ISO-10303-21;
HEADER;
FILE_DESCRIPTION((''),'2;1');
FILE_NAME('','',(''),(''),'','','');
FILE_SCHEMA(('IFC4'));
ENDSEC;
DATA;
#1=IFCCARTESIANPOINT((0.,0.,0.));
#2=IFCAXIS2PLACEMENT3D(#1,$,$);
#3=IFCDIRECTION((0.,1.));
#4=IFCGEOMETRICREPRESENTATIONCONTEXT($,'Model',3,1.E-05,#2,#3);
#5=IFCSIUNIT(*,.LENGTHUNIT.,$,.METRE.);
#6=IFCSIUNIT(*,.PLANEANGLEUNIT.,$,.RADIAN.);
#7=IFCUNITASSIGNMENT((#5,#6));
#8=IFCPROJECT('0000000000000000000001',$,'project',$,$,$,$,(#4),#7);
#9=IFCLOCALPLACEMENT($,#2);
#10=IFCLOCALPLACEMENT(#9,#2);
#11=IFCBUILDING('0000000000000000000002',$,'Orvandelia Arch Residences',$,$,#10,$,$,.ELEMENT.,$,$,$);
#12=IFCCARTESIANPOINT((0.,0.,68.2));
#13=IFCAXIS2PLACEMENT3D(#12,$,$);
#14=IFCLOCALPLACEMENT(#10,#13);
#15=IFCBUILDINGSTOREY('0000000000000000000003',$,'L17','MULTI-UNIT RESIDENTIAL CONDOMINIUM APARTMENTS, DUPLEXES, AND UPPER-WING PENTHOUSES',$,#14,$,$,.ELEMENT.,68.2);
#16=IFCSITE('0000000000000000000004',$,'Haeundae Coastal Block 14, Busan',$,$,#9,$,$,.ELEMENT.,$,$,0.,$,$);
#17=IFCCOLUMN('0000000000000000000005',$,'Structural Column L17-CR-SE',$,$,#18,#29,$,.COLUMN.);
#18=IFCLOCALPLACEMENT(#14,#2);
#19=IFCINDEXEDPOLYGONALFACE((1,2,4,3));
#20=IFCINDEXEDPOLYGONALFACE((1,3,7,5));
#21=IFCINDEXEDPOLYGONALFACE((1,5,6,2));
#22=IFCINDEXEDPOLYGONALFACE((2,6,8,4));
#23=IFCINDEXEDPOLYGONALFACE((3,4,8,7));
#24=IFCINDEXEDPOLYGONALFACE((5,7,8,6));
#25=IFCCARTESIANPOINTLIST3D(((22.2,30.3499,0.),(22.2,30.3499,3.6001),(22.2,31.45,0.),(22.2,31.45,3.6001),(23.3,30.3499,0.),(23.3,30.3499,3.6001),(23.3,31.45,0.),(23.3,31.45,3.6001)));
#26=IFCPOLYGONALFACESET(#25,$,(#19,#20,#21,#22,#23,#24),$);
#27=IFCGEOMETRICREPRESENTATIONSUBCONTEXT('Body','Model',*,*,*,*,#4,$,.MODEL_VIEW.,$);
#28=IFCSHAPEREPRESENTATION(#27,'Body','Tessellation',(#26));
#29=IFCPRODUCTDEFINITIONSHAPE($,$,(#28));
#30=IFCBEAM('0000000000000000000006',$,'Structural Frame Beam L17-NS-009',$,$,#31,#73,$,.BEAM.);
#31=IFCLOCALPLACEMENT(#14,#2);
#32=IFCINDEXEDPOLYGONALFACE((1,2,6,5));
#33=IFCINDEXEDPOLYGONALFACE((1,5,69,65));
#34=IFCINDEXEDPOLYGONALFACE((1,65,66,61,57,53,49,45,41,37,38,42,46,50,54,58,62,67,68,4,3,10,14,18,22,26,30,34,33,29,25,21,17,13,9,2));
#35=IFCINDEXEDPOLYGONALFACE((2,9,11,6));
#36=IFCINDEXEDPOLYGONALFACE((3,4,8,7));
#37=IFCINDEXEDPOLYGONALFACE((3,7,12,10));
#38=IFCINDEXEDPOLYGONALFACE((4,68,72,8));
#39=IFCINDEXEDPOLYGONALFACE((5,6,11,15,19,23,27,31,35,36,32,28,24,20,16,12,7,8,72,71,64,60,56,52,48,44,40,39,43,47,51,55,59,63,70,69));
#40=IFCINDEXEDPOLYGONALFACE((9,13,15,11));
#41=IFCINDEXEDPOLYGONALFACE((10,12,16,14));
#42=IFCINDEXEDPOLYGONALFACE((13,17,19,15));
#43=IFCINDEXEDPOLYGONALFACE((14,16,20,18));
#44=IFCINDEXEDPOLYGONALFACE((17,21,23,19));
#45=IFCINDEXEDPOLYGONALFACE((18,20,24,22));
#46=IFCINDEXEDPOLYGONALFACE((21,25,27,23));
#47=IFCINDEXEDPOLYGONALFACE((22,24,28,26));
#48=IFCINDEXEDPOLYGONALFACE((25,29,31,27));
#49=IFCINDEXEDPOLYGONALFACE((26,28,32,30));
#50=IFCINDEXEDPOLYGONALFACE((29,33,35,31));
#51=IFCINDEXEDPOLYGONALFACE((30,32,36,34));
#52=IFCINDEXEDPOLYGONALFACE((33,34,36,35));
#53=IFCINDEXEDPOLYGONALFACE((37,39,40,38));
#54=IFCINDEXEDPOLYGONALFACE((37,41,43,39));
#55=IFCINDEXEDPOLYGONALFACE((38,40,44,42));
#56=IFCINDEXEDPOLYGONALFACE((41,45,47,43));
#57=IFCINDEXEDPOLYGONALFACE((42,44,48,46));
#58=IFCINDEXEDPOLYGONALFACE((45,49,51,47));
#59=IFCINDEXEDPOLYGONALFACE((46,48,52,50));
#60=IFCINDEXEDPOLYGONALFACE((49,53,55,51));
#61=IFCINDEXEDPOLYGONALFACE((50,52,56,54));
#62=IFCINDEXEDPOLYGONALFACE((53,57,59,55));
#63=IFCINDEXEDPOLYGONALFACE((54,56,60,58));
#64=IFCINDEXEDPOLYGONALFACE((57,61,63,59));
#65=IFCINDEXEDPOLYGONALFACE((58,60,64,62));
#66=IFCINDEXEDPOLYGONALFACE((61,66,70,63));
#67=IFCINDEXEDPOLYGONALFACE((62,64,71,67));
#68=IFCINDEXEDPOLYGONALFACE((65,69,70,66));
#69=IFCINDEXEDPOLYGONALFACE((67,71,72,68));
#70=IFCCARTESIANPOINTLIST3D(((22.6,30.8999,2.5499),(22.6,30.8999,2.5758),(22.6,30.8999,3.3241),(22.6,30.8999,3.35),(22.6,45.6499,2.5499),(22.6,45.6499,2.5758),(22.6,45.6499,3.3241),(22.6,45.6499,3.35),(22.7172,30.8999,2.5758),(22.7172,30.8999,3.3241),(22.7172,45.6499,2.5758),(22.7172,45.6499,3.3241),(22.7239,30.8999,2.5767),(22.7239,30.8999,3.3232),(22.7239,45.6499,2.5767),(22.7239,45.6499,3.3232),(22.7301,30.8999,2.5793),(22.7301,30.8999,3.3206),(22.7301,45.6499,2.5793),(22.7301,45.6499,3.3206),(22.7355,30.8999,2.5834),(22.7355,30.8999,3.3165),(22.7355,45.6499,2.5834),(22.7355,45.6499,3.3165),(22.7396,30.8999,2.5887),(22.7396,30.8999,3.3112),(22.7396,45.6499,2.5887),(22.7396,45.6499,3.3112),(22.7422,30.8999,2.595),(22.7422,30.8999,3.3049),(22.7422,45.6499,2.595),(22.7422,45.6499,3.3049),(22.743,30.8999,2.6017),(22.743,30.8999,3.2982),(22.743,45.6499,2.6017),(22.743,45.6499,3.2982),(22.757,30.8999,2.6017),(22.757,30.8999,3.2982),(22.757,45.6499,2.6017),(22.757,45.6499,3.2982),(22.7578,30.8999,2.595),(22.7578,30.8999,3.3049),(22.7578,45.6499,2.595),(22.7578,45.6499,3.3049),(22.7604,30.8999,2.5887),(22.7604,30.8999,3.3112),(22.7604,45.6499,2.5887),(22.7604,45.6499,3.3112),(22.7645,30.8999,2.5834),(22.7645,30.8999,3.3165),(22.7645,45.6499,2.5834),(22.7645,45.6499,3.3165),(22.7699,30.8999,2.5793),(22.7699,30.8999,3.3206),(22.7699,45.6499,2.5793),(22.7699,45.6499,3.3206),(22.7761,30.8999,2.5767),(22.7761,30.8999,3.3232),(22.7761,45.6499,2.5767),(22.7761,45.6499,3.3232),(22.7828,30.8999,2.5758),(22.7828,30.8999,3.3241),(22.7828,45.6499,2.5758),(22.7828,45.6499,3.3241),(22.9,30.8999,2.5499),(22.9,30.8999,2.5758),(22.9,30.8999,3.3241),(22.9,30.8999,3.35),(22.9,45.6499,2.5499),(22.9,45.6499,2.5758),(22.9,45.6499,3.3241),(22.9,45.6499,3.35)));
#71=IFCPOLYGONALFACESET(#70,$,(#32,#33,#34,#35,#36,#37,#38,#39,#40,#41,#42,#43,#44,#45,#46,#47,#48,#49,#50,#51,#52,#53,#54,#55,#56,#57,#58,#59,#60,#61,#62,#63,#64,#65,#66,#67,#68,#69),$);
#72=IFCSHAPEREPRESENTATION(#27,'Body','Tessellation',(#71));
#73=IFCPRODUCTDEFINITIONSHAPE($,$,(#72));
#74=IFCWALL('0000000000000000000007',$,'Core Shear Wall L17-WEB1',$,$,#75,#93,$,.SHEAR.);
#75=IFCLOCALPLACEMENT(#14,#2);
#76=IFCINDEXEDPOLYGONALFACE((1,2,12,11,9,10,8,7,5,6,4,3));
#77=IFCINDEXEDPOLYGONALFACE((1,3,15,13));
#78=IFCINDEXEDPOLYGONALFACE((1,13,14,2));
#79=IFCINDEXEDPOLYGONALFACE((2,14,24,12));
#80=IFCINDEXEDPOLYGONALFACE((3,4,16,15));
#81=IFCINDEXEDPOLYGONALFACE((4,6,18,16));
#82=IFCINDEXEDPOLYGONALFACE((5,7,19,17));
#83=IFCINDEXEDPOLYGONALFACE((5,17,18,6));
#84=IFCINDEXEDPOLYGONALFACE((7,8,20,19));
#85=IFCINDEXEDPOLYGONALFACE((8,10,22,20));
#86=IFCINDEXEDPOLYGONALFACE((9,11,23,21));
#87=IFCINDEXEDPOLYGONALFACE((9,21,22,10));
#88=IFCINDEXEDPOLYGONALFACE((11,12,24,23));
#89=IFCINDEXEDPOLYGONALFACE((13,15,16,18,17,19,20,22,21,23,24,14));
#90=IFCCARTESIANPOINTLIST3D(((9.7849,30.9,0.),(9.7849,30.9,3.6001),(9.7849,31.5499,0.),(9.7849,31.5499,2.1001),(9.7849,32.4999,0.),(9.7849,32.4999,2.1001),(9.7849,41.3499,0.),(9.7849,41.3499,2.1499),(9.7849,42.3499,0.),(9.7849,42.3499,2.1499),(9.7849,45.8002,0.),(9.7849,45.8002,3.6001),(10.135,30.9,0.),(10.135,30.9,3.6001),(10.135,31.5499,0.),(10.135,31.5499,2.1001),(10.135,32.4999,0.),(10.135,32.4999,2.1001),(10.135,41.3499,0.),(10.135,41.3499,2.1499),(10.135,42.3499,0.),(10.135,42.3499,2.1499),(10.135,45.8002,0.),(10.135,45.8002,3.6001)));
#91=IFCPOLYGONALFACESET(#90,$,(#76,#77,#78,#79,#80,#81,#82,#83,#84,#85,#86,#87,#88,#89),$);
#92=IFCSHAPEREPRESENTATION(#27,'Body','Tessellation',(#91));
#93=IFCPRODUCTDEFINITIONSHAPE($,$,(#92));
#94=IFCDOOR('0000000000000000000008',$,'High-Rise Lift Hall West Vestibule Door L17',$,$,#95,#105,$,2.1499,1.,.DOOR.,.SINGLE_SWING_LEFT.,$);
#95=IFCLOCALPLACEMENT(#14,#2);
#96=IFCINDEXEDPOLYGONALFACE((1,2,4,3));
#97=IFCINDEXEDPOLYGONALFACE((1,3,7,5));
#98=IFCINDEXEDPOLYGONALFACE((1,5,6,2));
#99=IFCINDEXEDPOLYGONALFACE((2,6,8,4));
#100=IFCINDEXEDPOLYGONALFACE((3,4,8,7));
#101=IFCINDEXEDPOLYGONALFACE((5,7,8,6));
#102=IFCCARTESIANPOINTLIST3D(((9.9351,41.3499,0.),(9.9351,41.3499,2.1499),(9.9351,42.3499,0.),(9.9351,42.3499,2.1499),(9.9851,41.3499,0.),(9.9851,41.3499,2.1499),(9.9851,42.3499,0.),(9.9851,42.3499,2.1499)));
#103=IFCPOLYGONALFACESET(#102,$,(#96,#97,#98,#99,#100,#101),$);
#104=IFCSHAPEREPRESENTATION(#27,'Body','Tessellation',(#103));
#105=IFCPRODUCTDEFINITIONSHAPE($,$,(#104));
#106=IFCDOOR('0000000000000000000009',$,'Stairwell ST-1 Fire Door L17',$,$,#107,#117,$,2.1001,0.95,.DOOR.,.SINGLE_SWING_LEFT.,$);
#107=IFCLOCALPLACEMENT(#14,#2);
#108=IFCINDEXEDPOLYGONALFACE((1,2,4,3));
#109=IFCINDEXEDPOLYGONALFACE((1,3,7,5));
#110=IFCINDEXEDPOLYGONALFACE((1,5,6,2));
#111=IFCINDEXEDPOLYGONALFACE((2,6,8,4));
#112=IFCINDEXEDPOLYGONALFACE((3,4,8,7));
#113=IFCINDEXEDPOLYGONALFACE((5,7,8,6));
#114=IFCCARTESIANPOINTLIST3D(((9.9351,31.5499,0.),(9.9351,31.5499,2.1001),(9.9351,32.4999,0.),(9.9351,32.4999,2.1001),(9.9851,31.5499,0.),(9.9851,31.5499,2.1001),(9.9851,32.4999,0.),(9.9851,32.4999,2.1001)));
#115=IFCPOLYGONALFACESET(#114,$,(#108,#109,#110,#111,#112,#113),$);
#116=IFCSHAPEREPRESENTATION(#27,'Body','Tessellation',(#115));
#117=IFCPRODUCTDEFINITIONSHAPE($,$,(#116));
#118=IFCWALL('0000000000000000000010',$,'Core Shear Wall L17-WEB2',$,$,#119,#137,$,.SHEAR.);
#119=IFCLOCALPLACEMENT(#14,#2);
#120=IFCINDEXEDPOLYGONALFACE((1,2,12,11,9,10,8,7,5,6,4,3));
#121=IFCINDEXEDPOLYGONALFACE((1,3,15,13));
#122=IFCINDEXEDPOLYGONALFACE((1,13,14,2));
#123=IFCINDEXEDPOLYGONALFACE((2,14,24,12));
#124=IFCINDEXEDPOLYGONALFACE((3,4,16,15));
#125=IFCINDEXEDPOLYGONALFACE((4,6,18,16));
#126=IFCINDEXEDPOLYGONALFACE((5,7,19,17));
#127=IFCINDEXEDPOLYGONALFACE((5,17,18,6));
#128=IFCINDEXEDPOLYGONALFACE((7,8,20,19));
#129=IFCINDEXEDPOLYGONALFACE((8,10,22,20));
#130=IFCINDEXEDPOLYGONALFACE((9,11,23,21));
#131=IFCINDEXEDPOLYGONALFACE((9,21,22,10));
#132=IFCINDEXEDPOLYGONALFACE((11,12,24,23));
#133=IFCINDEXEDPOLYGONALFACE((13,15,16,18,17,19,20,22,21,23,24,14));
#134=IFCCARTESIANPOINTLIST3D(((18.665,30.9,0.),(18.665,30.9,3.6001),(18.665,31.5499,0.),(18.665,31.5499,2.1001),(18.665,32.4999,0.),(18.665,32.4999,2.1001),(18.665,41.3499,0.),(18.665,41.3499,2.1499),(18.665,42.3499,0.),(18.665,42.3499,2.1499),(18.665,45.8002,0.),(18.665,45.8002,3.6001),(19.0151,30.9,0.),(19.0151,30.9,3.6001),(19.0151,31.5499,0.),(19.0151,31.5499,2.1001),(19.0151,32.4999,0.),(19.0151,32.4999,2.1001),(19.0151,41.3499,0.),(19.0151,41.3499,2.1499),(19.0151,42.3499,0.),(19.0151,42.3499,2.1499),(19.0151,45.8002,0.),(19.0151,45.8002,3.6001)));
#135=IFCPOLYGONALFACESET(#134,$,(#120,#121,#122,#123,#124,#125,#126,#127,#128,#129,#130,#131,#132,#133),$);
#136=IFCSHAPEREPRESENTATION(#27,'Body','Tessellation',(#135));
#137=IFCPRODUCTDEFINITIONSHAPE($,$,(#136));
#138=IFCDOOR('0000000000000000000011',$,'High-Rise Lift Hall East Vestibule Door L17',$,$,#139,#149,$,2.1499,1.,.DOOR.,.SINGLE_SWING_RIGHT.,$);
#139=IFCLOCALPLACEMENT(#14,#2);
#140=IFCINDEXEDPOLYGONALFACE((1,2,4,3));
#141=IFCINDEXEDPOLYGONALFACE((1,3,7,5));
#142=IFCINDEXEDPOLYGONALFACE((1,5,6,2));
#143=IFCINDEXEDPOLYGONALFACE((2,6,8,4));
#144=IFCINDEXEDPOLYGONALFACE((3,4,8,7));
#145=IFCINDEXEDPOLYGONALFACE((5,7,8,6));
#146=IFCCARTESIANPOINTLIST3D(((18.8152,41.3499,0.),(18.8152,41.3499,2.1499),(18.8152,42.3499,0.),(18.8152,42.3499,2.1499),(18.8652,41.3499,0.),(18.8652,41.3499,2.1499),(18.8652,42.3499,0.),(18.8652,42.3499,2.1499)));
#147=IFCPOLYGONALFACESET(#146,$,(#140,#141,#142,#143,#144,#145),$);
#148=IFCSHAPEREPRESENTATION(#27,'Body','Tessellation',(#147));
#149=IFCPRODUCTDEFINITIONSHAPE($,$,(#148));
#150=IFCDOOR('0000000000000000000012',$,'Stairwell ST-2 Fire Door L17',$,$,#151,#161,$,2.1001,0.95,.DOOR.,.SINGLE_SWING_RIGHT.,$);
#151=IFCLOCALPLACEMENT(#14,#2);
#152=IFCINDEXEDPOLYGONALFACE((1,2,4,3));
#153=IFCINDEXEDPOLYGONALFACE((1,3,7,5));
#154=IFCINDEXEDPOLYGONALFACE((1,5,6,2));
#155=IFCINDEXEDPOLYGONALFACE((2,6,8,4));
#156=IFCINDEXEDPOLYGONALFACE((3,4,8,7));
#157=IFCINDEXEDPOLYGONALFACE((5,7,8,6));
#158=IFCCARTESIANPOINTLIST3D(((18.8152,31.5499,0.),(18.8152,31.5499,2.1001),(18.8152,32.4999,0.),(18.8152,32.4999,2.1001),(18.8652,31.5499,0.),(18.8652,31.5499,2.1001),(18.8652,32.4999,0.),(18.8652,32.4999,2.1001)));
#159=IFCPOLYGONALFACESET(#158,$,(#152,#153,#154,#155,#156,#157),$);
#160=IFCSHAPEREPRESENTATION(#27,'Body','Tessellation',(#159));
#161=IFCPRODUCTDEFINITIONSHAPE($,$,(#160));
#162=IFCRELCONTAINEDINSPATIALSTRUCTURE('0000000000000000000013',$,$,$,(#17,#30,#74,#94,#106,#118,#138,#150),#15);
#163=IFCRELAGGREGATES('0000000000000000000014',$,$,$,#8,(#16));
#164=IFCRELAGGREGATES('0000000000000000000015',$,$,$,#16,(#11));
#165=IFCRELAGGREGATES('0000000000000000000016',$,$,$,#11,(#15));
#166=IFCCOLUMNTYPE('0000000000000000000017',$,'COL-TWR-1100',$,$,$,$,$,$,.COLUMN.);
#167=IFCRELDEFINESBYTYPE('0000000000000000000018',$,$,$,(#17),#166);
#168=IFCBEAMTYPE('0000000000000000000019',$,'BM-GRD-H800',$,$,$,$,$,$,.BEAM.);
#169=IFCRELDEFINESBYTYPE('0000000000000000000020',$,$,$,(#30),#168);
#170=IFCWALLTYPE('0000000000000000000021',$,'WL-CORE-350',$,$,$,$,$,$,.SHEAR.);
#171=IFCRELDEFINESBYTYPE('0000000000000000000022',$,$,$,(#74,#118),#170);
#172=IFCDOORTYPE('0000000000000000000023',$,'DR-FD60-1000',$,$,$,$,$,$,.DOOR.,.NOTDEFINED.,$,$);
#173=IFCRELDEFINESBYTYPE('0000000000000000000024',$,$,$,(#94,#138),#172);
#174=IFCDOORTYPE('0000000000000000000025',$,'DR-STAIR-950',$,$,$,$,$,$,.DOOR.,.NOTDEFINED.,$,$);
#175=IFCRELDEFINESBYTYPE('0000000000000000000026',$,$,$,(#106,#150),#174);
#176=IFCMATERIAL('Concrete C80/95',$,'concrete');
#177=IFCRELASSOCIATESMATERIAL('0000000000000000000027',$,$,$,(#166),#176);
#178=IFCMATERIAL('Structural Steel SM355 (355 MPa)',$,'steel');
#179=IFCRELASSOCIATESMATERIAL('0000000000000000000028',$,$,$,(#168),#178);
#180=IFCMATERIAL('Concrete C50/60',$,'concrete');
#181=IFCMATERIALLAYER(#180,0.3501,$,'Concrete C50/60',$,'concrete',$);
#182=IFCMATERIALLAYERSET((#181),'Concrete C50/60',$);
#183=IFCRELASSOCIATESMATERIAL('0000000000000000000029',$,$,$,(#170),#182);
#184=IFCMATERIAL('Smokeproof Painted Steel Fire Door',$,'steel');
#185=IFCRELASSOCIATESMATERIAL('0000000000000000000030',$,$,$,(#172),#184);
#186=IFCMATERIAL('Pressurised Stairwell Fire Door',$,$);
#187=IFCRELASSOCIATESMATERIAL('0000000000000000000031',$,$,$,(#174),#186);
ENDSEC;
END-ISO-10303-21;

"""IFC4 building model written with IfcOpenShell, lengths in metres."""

from ifc_helpers import new_model, si_unit, direction, frame, frame_2d, origin, origin_2d, place, context, subcontext, project, spatial, rectangle, i_section, extrude, material, layer, layer_set, material_profile, profile_set, type_object, element, fill, save


model = new_model("IFC4")

# Units and contexts
model_context = context("Model", 3, precision=1e-05, world=origin(), true_north=direction((0.0, 1.0)))
body_context = subcontext(model_context, "Body", "Model", "MODEL_VIEW")
ifc_project = project(units=[si_unit("LENGTHUNIT", "METRE"), si_unit("PLANEANGLEUNIT", "RADIAN")], contexts=[model_context])

# Site, building, storey
site_placement = place(None, origin())
site = spatial("IfcSite", under=ifc_project, at=site_placement, Name="Haeundae Coastal Block 14, Busan", CompositionType="ELEMENT", RefElevation=0.0)
building_placement = place(site_placement, origin())
building = spatial("IfcBuilding", under=site, at=building_placement, Name="Orvandelia Arch Residences", CompositionType="ELEMENT")
storey_placement = place(building_placement, frame((0.0, 0.0, 68.2)))
storey = spatial("IfcBuildingStorey", under=building, at=storey_placement, Name="L17", Description="MULTI-UNIT RESIDENTIAL CONDOMINIUM APARTMENTS, DUPLEXES, AND UPPER-WING PENTHOUSES", CompositionType="ELEMENT", Elevation=68.2)

# Column
ifc_material_1 = material(Name="Concrete C80/95", Category="concrete")
ifc_material_profile_1 = material_profile(ifc_material_1, rectangle(XDim=1.1001, YDim=1.1001, at=origin_2d()), Name="Concrete C80/95", Category="concrete")
ifc_profile_set_1 = profile_set([ifc_material_profile_1], Name="Concrete C80/95")
column_type = type_object("IfcColumnType", Name="COL-TWR-1100", PredefinedType="COLUMN", material=ifc_profile_set_1)
column_placement = place(storey_placement, frame((22.75, 30.8999, 0.0), z_axis=(0.0, 0.0, 1.0), x_axis=(1.0, 0.0, 0.0)))
element("IfcColumn", 1, at=column_placement, inside=storey, type_object=column_type, Name="Structural Column L17-CR-SE", PredefinedType="COLUMN", context=body_context, shape_type="SweptSolid", body=[
    extrude(rectangle(XDim=1.1001, YDim=1.1001, at=origin_2d()), origin(), (0.0, 0.0, 1.0), 3.6001),
])

# Beam
ifc_material_2 = material(Name="Structural Steel SM355 (355 MPa)", Category="steel")
ifc_material_profile_2 = material_profile(ifc_material_2, i_section(OverallWidth=0.3, OverallDepth=0.8, WebThickness=0.0139, FlangeThickness=0.0259, FilletRadius=0.0259, at=origin_2d()), Name="Structural Steel SM355 (355 MPa)", Category="steel")
ifc_profile_set_2 = profile_set([ifc_material_profile_2], Name="Structural Steel SM355 (355 MPa)")
beam_type = type_object("IfcBeamType", Name="BM-GRD-H800", PredefinedType="BEAM", material=ifc_profile_set_2)
beam_placement = place(storey_placement, frame((22.75, 30.8999, 2.95), z_axis=(0.0, 1.0, 0.0), x_axis=(-1.0, 0.0, 0.0)))
element("IfcBeam", 2, at=beam_placement, inside=storey, type_object=beam_type, Name="Structural Frame Beam L17-NS-009", PredefinedType="BEAM", context=body_context, shape_type="SweptSolid", body=[
    extrude(i_section(OverallWidth=0.3, OverallDepth=0.8, WebThickness=0.0139, FlangeThickness=0.0259, FilletRadius=0.0259, at=origin_2d()), origin(), (0.0, 0.0, 1.0), 14.75),
])

# Walls, openings, doors
ifc_material_3 = material(Name="Concrete C50/60", Category="concrete")
ifc_layer_1 = layer(ifc_material_3, 0.3501, Name="Concrete C50/60", Category="concrete")
ifc_layer_set_1 = layer_set([ifc_layer_1], Name="Concrete C50/60")
wall_type_1 = type_object("IfcWallType", Name="WL-CORE-350", PredefinedType="SHEAR", material=ifc_layer_set_1)
wall_1_placement = place(storey_placement, frame((9.96, 30.8999, 0.0), z_axis=(0.0, 0.0, 1.0), x_axis=(0.0, 1.0, 0.0)))
wall_1 = element("IfcWall", 3, at=wall_1_placement, inside=storey, type_object=wall_type_1, Name="Core Shear Wall L17-WEB1", PredefinedType="SHEAR", context=body_context, shape_type="SweptSolid", body=[
    extrude(rectangle(XDim=14.9001, YDim=0.3501, at=frame_2d((7.4502, 0.0))), origin(), (0.0, 0.0, 1.0), 3.6001),
])
opening_1_placement = place(wall_1_placement, frame((0.6499, 0.0, 0.0)))
opening_1 = element("IfcOpeningElement", 4, at=opening_1_placement, cuts=wall_1, PredefinedType="OPENING", context=body_context, shape_type="SweptSolid", body=[
    extrude(rectangle(XDim=0.95, YDim=2.1001, at=frame_2d((0.4751, 1.05))), frame((0.0, 0.1851, 0.0), z_axis=(0.0, -1.0, 0.0), x_axis=(1.0, 0.0, 0.0)), (0.0, 0.0, 1.0), 0.3701),
])
opening_2_placement = place(wall_1_placement, frame((10.45, 0.0, 0.0)))
opening_2 = element("IfcOpeningElement", 5, at=opening_2_placement, cuts=wall_1, PredefinedType="OPENING", context=body_context, shape_type="SweptSolid", body=[
    extrude(rectangle(XDim=1.0, YDim=2.1499, at=frame_2d((0.5, 1.075))), frame((0.0, 0.1851, 0.0), z_axis=(0.0, -1.0, 0.0), x_axis=(1.0, 0.0, 0.0)), (0.0, 0.0, 1.0), 0.3701),
])
ifc_material_4 = material(Name="Smokeproof Painted Steel Fire Door", Category="steel")
door_type_1 = type_object("IfcDoorType", Name="DR-FD60-1000", OperationType="NOTDEFINED", PredefinedType="DOOR", material=ifc_material_4)
door_1_placement = place(opening_2_placement, origin())
door_1 = element("IfcDoor", 6, at=door_1_placement, inside=storey, type_object=door_type_1, Name="High-Rise Lift Hall West Vestibule Door L17", OperationType="SINGLE_SWING_LEFT", OverallHeight=2.1499, OverallWidth=1.0, PredefinedType="DOOR", context=body_context, shape_type="SweptSolid", body=[
    extrude(rectangle(XDim=1.0, YDim=2.1499, at=frame_2d((0.5, 1.075))), frame((0.0, 0.0249, 0.0), z_axis=(0.0, -1.0, 0.0), x_axis=(1.0, 0.0, 0.0)), (0.0, 0.0, 1.0), 0.05),
])
fill(opening_2, door_1)
ifc_material_5 = material(Name="Pressurised Stairwell Fire Door")
door_type_2 = type_object("IfcDoorType", Name="DR-STAIR-950", OperationType="NOTDEFINED", PredefinedType="DOOR", material=ifc_material_5)
door_2_placement = place(opening_1_placement, origin())
door_2 = element("IfcDoor", 7, at=door_2_placement, inside=storey, type_object=door_type_2, Name="Stairwell ST-1 Fire Door L17", OperationType="SINGLE_SWING_LEFT", OverallHeight=2.1001, OverallWidth=0.95, PredefinedType="DOOR", context=body_context, shape_type="SweptSolid", body=[
    extrude(rectangle(XDim=0.95, YDim=2.1001, at=frame_2d((0.4751, 1.05))), frame((0.0, 0.0249, 0.0), z_axis=(0.0, -1.0, 0.0), x_axis=(1.0, 0.0, 0.0)), (0.0, 0.0, 1.0), 0.05),
])
fill(opening_1, door_2)
wall_2_placement = place(storey_placement, frame((18.8401, 30.8999, 0.0), z_axis=(0.0, 0.0, 1.0), x_axis=(0.0, 1.0, 0.0)))
wall_2 = element("IfcWall", 8, at=wall_2_placement, inside=storey, type_object=wall_type_1, Name="Core Shear Wall L17-WEB2", PredefinedType="SHEAR", context=body_context, shape_type="SweptSolid", body=[
    extrude(rectangle(XDim=14.9001, YDim=0.3501, at=frame_2d((7.4502, 0.0))), origin(), (0.0, 0.0, 1.0), 3.6001),
])
opening_3_placement = place(wall_2_placement, frame((0.6499, 0.0, 0.0)))
opening_3 = element("IfcOpeningElement", 9, at=opening_3_placement, cuts=wall_2, PredefinedType="OPENING", context=body_context, shape_type="SweptSolid", body=[
    extrude(rectangle(XDim=0.95, YDim=2.1001, at=frame_2d((0.4751, 1.05))), frame((0.0, 0.1851, 0.0), z_axis=(0.0, -1.0, 0.0), x_axis=(1.0, 0.0, 0.0)), (0.0, 0.0, 1.0), 0.3701),
])
opening_4_placement = place(wall_2_placement, frame((10.45, 0.0, 0.0)))
opening_4 = element("IfcOpeningElement", 10, at=opening_4_placement, cuts=wall_2, PredefinedType="OPENING", context=body_context, shape_type="SweptSolid", body=[
    extrude(rectangle(XDim=1.0, YDim=2.1499, at=frame_2d((0.5, 1.075))), frame((0.0, 0.1851, 0.0), z_axis=(0.0, -1.0, 0.0), x_axis=(1.0, 0.0, 0.0)), (0.0, 0.0, 1.0), 0.3701),
])
door_3_placement = place(opening_4_placement, origin())
door_3 = element("IfcDoor", 11, at=door_3_placement, inside=storey, type_object=door_type_1, Name="High-Rise Lift Hall East Vestibule Door L17", OperationType="SINGLE_SWING_RIGHT", OverallHeight=2.1499, OverallWidth=1.0, PredefinedType="DOOR", context=body_context, shape_type="SweptSolid", body=[
    extrude(rectangle(XDim=1.0, YDim=2.1499, at=frame_2d((0.5, 1.075))), frame((0.0, 0.0249, 0.0), z_axis=(0.0, -1.0, 0.0), x_axis=(1.0, 0.0, 0.0)), (0.0, 0.0, 1.0), 0.05),
])
fill(opening_4, door_3)
door_4_placement = place(opening_3_placement, origin())
door_4 = element("IfcDoor", 12, at=door_4_placement, inside=storey, type_object=door_type_2, Name="Stairwell ST-2 Fire Door L17", OperationType="SINGLE_SWING_RIGHT", OverallHeight=2.1001, OverallWidth=0.95, PredefinedType="DOOR", context=body_context, shape_type="SweptSolid", body=[
    extrude(rectangle(XDim=0.95, YDim=2.1001, at=frame_2d((0.4751, 1.05))), frame((0.0, 0.0249, 0.0), z_axis=(0.0, -1.0, 0.0), x_axis=(1.0, 0.0, 0.0)), (0.0, 0.0, 1.0), 0.05),
])
fill(opening_3, door_4)

save(model, "model.ifc")
